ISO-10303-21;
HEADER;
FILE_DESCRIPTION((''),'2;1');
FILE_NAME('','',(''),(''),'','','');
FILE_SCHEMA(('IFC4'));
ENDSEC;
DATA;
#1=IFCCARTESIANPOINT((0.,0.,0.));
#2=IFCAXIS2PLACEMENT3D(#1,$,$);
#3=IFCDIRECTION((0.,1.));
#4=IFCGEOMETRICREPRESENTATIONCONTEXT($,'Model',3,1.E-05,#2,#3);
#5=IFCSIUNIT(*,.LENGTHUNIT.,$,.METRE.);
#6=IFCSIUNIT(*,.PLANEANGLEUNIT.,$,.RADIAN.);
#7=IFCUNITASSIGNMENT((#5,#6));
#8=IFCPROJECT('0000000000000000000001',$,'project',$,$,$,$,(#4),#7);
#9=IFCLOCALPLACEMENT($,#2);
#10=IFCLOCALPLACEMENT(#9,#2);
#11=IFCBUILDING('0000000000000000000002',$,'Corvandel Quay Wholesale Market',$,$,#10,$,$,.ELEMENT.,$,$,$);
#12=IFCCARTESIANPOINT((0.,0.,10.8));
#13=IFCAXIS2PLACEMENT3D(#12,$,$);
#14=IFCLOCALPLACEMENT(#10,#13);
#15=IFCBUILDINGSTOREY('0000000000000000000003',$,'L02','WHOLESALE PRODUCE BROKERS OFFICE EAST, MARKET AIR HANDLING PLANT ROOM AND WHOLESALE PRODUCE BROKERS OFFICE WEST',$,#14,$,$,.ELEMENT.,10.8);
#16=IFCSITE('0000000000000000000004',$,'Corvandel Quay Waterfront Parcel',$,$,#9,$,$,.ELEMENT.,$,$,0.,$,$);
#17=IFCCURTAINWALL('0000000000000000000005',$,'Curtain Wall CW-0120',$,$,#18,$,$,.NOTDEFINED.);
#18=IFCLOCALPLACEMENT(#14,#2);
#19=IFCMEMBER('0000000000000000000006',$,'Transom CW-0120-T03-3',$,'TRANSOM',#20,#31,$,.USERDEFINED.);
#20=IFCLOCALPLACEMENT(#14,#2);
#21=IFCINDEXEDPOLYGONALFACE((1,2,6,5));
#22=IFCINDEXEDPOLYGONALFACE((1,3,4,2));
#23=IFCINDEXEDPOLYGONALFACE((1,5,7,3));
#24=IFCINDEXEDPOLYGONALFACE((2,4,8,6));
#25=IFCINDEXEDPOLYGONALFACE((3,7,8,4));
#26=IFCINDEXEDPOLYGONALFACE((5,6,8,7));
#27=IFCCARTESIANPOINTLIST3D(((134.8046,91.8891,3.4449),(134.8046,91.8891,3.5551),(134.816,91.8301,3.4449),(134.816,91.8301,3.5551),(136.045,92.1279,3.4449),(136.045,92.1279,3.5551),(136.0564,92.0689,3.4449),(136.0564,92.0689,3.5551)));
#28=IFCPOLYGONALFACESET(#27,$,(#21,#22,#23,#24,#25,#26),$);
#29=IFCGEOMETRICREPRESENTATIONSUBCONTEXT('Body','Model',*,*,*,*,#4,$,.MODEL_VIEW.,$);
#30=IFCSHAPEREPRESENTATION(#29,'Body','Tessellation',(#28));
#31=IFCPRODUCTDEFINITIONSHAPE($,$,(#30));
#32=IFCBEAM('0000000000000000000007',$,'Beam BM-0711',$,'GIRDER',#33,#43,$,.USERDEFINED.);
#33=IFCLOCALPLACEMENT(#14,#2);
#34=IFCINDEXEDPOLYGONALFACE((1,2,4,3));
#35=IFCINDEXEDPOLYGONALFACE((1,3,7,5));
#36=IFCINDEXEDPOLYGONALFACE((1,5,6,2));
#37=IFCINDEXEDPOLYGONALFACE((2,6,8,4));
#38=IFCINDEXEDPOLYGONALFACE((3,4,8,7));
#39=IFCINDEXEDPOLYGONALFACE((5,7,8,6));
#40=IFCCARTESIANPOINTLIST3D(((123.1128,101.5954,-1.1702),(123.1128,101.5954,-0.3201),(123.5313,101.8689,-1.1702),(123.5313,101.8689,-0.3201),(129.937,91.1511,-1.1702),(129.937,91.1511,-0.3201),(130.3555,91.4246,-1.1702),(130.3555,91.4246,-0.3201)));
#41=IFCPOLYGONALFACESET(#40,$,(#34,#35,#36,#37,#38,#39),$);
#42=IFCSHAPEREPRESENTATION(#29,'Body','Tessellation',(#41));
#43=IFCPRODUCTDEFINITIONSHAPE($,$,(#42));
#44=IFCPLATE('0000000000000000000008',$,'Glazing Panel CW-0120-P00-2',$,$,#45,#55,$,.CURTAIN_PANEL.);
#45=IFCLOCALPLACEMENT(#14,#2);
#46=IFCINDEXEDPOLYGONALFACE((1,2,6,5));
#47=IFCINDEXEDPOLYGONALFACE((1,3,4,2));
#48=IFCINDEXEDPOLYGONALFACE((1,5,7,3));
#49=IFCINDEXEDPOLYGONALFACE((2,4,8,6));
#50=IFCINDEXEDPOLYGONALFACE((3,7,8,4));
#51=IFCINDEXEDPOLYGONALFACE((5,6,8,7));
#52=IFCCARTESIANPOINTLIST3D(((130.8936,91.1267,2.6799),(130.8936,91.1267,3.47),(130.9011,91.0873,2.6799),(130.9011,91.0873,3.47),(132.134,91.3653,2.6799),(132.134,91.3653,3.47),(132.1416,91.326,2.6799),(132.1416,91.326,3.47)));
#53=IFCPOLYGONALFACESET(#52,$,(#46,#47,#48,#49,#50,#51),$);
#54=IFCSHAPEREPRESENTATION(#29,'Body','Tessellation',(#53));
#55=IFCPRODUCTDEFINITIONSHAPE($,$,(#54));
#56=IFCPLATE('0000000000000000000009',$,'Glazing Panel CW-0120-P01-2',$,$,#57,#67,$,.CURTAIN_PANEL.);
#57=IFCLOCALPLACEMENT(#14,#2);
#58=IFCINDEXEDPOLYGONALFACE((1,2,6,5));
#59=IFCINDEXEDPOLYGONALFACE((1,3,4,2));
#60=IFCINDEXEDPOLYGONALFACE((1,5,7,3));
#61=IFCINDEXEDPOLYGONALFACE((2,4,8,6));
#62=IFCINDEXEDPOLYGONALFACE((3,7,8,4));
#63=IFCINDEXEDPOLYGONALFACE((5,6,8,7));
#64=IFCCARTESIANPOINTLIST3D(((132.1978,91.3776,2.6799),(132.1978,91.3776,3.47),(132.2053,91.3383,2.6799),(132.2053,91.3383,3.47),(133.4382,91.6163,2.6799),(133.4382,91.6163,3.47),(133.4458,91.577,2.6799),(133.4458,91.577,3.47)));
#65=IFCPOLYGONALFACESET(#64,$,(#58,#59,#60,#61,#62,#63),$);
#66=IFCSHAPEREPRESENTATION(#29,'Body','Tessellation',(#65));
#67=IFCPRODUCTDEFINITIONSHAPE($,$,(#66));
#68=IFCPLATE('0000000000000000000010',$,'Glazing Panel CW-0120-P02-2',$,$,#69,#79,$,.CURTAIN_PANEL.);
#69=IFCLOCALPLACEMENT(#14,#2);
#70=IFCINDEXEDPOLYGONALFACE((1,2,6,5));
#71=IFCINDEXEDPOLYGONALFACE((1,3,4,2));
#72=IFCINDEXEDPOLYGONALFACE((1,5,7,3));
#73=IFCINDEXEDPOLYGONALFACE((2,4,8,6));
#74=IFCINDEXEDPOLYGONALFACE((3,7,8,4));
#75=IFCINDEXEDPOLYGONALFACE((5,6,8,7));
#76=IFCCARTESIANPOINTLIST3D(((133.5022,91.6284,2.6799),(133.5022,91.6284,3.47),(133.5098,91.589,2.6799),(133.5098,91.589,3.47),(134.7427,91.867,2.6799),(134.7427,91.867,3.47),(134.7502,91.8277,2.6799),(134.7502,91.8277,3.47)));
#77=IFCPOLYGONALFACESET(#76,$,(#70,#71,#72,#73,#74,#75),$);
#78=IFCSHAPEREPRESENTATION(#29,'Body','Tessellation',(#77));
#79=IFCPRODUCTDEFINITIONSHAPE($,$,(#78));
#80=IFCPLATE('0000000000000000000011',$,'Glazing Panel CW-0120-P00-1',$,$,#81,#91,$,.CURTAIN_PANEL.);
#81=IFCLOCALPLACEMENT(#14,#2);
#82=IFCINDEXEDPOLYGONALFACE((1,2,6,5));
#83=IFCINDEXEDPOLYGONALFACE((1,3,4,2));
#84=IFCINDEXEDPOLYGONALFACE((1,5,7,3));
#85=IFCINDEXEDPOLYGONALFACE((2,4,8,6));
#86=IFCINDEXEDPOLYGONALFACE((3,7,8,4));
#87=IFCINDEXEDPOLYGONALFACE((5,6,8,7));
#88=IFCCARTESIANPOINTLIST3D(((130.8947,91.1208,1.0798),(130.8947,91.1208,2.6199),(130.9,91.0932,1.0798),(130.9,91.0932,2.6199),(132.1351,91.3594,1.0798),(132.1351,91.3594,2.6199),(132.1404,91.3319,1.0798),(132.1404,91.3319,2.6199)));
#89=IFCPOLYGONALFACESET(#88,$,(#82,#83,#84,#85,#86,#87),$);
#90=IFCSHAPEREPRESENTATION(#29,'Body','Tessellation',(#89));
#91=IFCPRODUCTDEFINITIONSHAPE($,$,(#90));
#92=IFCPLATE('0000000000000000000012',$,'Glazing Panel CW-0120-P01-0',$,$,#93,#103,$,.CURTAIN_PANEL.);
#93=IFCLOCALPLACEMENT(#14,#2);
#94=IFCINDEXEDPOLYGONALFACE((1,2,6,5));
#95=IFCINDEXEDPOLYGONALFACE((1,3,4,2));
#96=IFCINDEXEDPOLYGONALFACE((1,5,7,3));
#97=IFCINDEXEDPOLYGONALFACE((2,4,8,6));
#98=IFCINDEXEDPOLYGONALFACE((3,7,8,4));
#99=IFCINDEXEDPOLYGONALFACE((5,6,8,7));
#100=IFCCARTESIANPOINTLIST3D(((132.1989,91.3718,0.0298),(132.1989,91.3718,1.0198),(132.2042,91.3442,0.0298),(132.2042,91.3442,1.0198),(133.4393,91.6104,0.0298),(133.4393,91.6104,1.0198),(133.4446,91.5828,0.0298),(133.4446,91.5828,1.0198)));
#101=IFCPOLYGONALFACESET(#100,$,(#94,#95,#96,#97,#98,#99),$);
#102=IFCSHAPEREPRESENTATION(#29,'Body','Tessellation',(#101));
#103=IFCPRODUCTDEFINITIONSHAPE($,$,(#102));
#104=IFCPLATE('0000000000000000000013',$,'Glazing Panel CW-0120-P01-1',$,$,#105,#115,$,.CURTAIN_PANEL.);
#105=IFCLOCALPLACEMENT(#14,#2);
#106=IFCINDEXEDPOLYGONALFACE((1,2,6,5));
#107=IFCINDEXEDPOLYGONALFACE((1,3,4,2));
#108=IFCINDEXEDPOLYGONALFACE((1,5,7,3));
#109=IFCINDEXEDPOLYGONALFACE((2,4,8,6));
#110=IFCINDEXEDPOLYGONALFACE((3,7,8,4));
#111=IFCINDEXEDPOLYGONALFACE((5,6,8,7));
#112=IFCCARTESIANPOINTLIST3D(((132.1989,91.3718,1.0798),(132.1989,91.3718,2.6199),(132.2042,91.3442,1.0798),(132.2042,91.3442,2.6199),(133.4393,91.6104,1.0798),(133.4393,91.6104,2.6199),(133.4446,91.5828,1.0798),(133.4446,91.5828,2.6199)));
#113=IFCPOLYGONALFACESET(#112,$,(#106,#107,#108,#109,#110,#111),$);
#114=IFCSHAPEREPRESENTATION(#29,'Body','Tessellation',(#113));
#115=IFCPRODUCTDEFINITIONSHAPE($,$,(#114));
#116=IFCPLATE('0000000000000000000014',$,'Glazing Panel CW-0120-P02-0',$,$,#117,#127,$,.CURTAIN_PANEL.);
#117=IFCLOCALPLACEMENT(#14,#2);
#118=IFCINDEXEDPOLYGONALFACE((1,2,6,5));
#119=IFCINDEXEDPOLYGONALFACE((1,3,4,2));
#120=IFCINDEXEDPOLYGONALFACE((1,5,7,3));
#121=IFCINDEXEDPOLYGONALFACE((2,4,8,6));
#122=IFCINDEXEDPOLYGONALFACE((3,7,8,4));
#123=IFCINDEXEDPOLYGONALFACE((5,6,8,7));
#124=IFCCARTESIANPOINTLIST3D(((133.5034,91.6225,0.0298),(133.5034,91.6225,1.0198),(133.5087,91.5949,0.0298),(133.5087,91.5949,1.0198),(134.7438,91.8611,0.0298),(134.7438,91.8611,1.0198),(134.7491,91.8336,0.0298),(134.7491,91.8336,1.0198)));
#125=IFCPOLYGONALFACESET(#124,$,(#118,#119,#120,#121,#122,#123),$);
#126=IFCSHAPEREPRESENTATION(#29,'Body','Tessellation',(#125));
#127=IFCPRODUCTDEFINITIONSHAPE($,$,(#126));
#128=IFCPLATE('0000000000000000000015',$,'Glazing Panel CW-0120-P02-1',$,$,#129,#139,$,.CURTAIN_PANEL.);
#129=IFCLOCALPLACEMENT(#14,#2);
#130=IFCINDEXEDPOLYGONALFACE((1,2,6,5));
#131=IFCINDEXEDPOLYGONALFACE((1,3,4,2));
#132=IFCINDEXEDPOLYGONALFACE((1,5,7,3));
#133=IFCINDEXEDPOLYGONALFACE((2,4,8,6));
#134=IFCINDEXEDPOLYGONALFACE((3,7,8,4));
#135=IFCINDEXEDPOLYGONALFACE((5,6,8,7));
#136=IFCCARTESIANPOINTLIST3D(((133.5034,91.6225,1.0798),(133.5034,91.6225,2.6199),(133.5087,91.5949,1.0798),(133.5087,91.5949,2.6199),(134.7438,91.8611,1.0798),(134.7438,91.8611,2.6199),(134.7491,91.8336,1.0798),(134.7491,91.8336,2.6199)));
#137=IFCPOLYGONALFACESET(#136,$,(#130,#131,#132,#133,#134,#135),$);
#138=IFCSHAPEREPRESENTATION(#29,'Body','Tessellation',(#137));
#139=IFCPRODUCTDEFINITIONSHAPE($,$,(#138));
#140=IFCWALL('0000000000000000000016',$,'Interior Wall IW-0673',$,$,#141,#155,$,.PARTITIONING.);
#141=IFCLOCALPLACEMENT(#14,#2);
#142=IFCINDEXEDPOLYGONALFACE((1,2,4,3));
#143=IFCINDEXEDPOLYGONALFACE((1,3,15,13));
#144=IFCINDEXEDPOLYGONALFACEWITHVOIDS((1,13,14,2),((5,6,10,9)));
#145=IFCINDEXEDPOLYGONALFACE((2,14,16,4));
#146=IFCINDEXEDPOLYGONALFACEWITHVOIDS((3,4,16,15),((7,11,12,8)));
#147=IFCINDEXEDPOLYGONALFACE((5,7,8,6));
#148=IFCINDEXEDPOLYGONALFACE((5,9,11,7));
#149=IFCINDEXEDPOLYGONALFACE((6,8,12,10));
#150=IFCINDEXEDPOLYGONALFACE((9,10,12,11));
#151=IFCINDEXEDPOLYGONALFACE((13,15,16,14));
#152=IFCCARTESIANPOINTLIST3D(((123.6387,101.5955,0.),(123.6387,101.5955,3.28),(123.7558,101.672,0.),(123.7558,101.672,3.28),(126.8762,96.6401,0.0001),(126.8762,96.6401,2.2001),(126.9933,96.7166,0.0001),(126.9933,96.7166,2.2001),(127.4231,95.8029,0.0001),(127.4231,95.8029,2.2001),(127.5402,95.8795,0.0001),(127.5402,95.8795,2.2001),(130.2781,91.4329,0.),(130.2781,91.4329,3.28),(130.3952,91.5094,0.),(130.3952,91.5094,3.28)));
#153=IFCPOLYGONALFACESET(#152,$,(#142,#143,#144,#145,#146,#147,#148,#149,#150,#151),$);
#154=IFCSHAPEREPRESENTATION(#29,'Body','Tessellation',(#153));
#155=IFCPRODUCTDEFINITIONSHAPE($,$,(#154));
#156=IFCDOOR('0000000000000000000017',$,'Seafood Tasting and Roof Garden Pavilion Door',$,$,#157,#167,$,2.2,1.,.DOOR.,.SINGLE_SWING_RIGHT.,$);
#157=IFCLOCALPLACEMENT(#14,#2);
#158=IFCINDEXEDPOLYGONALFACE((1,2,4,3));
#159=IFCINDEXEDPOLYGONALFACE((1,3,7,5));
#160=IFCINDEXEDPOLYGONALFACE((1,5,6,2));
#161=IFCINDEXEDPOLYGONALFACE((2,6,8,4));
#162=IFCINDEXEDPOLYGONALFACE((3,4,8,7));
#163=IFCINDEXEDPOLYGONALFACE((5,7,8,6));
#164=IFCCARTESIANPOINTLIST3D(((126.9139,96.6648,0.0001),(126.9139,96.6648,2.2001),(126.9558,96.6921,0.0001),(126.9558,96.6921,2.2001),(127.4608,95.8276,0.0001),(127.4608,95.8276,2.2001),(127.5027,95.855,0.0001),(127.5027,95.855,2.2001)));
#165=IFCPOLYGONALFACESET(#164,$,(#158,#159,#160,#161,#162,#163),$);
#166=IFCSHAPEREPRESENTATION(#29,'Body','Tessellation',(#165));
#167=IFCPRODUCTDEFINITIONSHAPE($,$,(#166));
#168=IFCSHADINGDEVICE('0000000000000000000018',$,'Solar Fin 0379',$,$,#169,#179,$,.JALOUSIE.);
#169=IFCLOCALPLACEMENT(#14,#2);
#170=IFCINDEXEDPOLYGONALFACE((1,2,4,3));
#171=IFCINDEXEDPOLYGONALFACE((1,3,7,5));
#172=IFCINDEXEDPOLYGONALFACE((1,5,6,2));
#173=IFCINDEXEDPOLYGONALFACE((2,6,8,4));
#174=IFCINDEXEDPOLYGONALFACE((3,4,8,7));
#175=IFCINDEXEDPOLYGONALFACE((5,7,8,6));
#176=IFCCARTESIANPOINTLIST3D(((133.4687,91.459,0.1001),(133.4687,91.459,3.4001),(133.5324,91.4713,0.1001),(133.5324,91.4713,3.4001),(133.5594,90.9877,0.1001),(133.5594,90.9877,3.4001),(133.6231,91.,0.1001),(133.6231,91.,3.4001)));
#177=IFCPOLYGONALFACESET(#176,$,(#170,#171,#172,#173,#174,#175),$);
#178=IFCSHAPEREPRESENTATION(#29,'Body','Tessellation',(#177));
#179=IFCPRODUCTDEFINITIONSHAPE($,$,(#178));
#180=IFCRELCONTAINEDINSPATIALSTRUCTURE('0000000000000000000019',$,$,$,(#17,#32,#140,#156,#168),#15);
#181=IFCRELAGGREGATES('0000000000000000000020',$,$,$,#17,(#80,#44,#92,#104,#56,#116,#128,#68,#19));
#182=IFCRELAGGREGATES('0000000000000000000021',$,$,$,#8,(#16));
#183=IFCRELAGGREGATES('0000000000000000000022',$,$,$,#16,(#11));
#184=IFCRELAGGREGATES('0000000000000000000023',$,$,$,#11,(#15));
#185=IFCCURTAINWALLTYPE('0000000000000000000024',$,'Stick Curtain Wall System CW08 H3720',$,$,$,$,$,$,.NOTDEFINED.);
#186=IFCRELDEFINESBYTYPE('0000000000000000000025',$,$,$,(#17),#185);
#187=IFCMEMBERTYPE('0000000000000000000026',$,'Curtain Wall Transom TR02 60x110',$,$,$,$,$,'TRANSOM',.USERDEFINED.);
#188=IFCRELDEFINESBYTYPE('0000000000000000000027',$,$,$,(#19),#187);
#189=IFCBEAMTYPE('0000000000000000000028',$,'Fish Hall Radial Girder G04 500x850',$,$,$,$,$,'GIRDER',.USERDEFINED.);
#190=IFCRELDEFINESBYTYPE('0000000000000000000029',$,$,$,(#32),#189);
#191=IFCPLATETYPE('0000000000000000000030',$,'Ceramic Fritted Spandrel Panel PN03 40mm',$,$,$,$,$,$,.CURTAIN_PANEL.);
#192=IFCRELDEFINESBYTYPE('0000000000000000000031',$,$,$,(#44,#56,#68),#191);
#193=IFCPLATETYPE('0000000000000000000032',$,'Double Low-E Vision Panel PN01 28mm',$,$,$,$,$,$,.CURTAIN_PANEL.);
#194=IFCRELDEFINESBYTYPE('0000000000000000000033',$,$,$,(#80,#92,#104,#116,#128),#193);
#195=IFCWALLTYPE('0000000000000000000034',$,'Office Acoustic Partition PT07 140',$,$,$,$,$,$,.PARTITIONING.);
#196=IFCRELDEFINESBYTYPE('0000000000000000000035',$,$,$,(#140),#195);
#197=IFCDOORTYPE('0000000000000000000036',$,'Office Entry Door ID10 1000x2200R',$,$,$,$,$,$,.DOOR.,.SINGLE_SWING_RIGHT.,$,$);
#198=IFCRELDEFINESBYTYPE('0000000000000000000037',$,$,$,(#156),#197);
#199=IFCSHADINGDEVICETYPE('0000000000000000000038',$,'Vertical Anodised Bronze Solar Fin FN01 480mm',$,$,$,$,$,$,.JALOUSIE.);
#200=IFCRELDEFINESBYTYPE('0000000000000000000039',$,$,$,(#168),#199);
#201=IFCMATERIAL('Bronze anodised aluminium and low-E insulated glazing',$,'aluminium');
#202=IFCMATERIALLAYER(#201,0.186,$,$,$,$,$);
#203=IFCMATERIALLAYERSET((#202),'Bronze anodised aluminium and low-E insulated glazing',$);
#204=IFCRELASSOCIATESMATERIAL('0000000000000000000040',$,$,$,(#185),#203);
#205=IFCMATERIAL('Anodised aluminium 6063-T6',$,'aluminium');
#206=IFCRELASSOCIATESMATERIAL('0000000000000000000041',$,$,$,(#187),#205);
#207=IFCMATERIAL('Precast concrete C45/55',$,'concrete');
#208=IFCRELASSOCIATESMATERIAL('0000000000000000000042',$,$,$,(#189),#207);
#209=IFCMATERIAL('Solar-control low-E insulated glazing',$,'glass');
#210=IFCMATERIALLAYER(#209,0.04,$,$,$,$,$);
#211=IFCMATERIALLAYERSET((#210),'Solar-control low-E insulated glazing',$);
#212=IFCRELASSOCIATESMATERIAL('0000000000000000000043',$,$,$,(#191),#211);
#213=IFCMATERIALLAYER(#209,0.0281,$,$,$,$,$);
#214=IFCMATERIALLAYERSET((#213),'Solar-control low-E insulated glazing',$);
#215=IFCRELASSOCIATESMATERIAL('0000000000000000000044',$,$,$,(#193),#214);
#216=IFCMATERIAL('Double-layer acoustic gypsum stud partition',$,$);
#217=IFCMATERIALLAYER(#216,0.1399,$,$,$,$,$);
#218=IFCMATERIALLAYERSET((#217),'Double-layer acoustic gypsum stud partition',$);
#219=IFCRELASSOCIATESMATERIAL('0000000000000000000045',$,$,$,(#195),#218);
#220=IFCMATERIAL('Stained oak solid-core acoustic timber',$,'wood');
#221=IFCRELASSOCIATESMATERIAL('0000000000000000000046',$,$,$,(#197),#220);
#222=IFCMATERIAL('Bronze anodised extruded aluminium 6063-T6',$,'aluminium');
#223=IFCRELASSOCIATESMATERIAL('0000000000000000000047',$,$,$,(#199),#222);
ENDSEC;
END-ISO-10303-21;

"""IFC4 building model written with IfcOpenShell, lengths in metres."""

from ifc_helpers import new_model, si_unit, direction, frame, frame_2d, origin, origin_2d, place, context, subcontext, project, spatial, rectangle, extrude, material, layer, layer_set, material_profile, profile_set, type_object, element, fill, aggregate, save


model = new_model("IFC4")

# Units and contexts
model_context = context("Model", 3, precision=1e-05, world=origin(), true_north=direction((0.0, 1.0)))
body_context = subcontext(model_context, "Body", "Model", "MODEL_VIEW")
ifc_project = project(units=[si_unit("LENGTHUNIT", "METRE"), si_unit("PLANEANGLEUNIT", "RADIAN")], contexts=[model_context])

# Site, building, storey
site_placement = place(None, origin())
site = spatial("IfcSite", under=ifc_project, at=site_placement, Name="Corvandel Quay Waterfront Parcel", CompositionType="ELEMENT", RefElevation=0.0)
building_placement = place(site_placement, origin())
building = spatial("IfcBuilding", under=site, at=building_placement, Name="Corvandel Quay Wholesale Market", CompositionType="ELEMENT")
storey_placement = place(building_placement, frame((0.0, 0.0, 10.8)))
storey = spatial("IfcBuildingStorey", under=building, at=storey_placement, Name="L02", Description="WHOLESALE PRODUCE BROKERS OFFICE EAST, MARKET AIR HANDLING PLANT ROOM AND WHOLESALE PRODUCE BROKERS OFFICE WEST", CompositionType="ELEMENT", Elevation=10.8)

# Curtain wall, member
ifc_material_1 = material(Name="Bronze anodised aluminium and low-E insulated glazing", Category="aluminium")
ifc_layer_1 = layer(ifc_material_1, 0.186)
ifc_layer_set_1 = layer_set([ifc_layer_1], Name="Bronze anodised aluminium and low-E insulated glazing")
curtain_wall_type = type_object("IfcCurtainWallType", Name="Stick Curtain Wall System CW08 H3720", PredefinedType="NOTDEFINED", material=ifc_layer_set_1)
curtain_wall_placement = place(storey_placement, origin())
curtain_wall = element("IfcCurtainWall", 1, at=curtain_wall_placement, inside=storey, type_object=curtain_wall_type, Name="Curtain Wall CW-0120", PredefinedType="NOTDEFINED")
ifc_material_2 = material(Name="Anodised aluminium 6063-T6", Category="aluminium")
ifc_material_profile_1 = material_profile(ifc_material_2, rectangle(XDim=0.0601, YDim=0.1101, at=origin_2d()), Name="ALU-TRN-60x110")
ifc_profile_set_1 = profile_set([ifc_material_profile_1], Name="Anodised aluminium 6063-T6")
member_type_1 = type_object("IfcMemberType", Name="Curtain Wall Transom TR02 60x110", ElementType="TRANSOM", PredefinedType="USERDEFINED", material=ifc_profile_set_1)
member_1_placement = place(storey_placement, frame((134.8103, 91.8596, 3.5), z_axis=(0.981975, 0.189012, 0.0), x_axis=(-0.189012, 0.981975, 0.0)))
member_1 = element("IfcMember", 2, at=member_1_placement, type_object=member_type_1, Name="Transom CW-0120-T03-3", ObjectType="TRANSOM", PredefinedType="USERDEFINED", context=body_context, shape_type="SweptSolid", body=[
    extrude(rectangle(XDim=0.0601, YDim=0.1101, at=origin_2d()), origin(), (0.0, 0.0, 1.0), 1.2632),
])

# Beam
ifc_material_3 = material(Name="Precast concrete C45/55", Category="concrete")
ifc_material_profile_2 = material_profile(ifc_material_3, rectangle(XDim=0.5, YDim=0.8501, at=origin_2d()), Name="PC-GIR-500x850")
ifc_profile_set_2 = profile_set([ifc_material_profile_2], Name="Precast concrete C45/55")
beam_type = type_object("IfcBeamType", Name="Fish Hall Radial Girder G04 500x850", ElementType="GIRDER", PredefinedType="USERDEFINED", material=ifc_profile_set_2)
beam_placement = place(storey_placement, frame((130.1462, 91.2878, -0.7451), z_axis=(-0.546981, 0.837145, 0.0), x_axis=(-0.837145, -0.546981, 0.0)))
element("IfcBeam", 3, at=beam_placement, inside=storey, type_object=beam_type, Name="Beam BM-0711", ObjectType="GIRDER", PredefinedType="USERDEFINED", context=body_context, shape_type="SweptSolid", body=[
    extrude(rectangle(XDim=0.5, YDim=0.8501, at=origin_2d()), origin(), (0.0, 0.0, 1.0), 12.4761),
])

# Plates
ifc_material_4 = material(Name="Solar-control low-E insulated glazing", Category="glass")
ifc_layer_2 = layer(ifc_material_4, 0.04)
ifc_layer_set_2 = layer_set([ifc_layer_2], Name="Solar-control low-E insulated glazing")
plate_type_1 = type_object("IfcPlateType", Name="Ceramic Fritted Spandrel Panel PN03 40mm", PredefinedType="CURTAIN_PANEL", material=ifc_layer_set_2)
plate_1_placement = place(storey_placement, frame((131.5176, 91.2263, 2.6799), z_axis=(0.0, 0.0, 1.0), x_axis=(0.981992, 0.188924, 0.0)))
plate_1 = element("IfcPlate", 4, at=plate_1_placement, type_object=plate_type_1, Name="Glazing Panel CW-0120-P00-2", PredefinedType="CURTAIN_PANEL", context=body_context, shape_type="SweptSolid", body=[
    extrude(rectangle(XDim=1.2632, YDim=0.04, at=origin_2d()), origin(), (0.0, 0.0, 1.0), 0.79),
])
plate_2_placement = place(storey_placement, frame((132.8218, 91.4773, 2.6799), z_axis=(0.0, 0.0, 1.0), x_axis=(0.981992, 0.188924, 0.0)))
plate_2 = element("IfcPlate", 5, at=plate_2_placement, type_object=plate_type_1, Name="Glazing Panel CW-0120-P01-2", PredefinedType="CURTAIN_PANEL", context=body_context, shape_type="SweptSolid", body=[
    extrude(rectangle(XDim=1.2632, YDim=0.04, at=origin_2d()), origin(), (0.0, 0.0, 1.0), 0.79),
])
plate_3_placement = place(storey_placement, frame((134.1262, 91.728, 2.6799), z_axis=(0.0, 0.0, 1.0), x_axis=(0.981992, 0.188924, 0.0)))
plate_3 = element("IfcPlate", 6, at=plate_3_placement, type_object=plate_type_1, Name="Glazing Panel CW-0120-P02-2", PredefinedType="CURTAIN_PANEL", context=body_context, shape_type="SweptSolid", body=[
    extrude(rectangle(XDim=1.2632, YDim=0.04, at=origin_2d()), origin(), (0.0, 0.0, 1.0), 0.79),
])
ifc_layer_3 = layer(ifc_material_4, 0.0281)
ifc_layer_set_3 = layer_set([ifc_layer_3], Name="Solar-control low-E insulated glazing")
plate_type_2 = type_object("IfcPlateType", Name="Double Low-E Vision Panel PN01 28mm", PredefinedType="CURTAIN_PANEL", material=ifc_layer_set_3)
plate_4_placement = place(storey_placement, frame((131.5176, 91.2263, 1.0798), z_axis=(0.0, 0.0, 1.0), x_axis=(0.981992, 0.188924, 0.0)))
plate_4 = element("IfcPlate", 7, at=plate_4_placement, type_object=plate_type_2, Name="Glazing Panel CW-0120-P00-1", PredefinedType="CURTAIN_PANEL", context=body_context, shape_type="SweptSolid", body=[
    extrude(rectangle(XDim=1.2632, YDim=0.0281, at=origin_2d()), origin(), (0.0, 0.0, 1.0), 1.54),
])
plate_5_placement = place(storey_placement, frame((132.8218, 91.4773, 0.0298), z_axis=(0.0, 0.0, 1.0), x_axis=(0.981992, 0.188924, 0.0)))
plate_5 = element("IfcPlate", 8, at=plate_5_placement, type_object=plate_type_2, Name="Glazing Panel CW-0120-P01-0", PredefinedType="CURTAIN_PANEL", context=body_context, shape_type="SweptSolid", body=[
    extrude(rectangle(XDim=1.2632, YDim=0.0281, at=origin_2d()), origin(), (0.0, 0.0, 1.0), 0.99),
])
plate_6_placement = place(storey_placement, frame((132.8218, 91.4773, 1.0798), z_axis=(0.0, 0.0, 1.0), x_axis=(0.981992, 0.188924, 0.0)))
plate_6 = element("IfcPlate", 9, at=plate_6_placement, type_object=plate_type_2, Name="Glazing Panel CW-0120-P01-1", PredefinedType="CURTAIN_PANEL", context=body_context, shape_type="SweptSolid", body=[
    extrude(rectangle(XDim=1.2632, YDim=0.0281, at=origin_2d()), origin(), (0.0, 0.0, 1.0), 1.54),
])
plate_7_placement = place(storey_placement, frame((134.1262, 91.728, 0.0298), z_axis=(0.0, 0.0, 1.0), x_axis=(0.981992, 0.188924, 0.0)))
plate_7 = element("IfcPlate", 10, at=plate_7_placement, type_object=plate_type_2, Name="Glazing Panel CW-0120-P02-0", PredefinedType="CURTAIN_PANEL", context=body_context, shape_type="SweptSolid", body=[
    extrude(rectangle(XDim=1.2632, YDim=0.0281, at=origin_2d()), origin(), (0.0, 0.0, 1.0), 0.99),
])
plate_8_placement = place(storey_placement, frame((134.1262, 91.728, 1.0798), z_axis=(0.0, 0.0, 1.0), x_axis=(0.981992, 0.188924, 0.0)))
plate_8 = element("IfcPlate", 11, at=plate_8_placement, type_object=plate_type_2, Name="Glazing Panel CW-0120-P02-1", PredefinedType="CURTAIN_PANEL", context=body_context, shape_type="SweptSolid", body=[
    extrude(rectangle(XDim=1.2632, YDim=0.0281, at=origin_2d()), origin(), (0.0, 0.0, 1.0), 1.54),
])
aggregate(curtain_wall, [plate_4, plate_1, plate_5, plate_6, plate_2, plate_7, plate_8, plate_3, member_1])

# Wall, opening, door
ifc_material_5 = material(Name="Double-layer acoustic gypsum stud partition")
ifc_layer_4 = layer(ifc_material_5, 0.1399)
ifc_layer_set_4 = layer_set([ifc_layer_4], Name="Double-layer acoustic gypsum stud partition")
wall_type = type_object("IfcWallType", Name="Office Acoustic Partition PT07 140", PredefinedType="PARTITIONING", material=ifc_layer_set_4)
wall_placement = place(storey_placement, frame((130.3367, 91.4712, 0.0), z_axis=(0.0, 0.0, 1.0), x_axis=(-0.546939, 0.837172, 0.0)))
wall = element("IfcWall", 12, at=wall_placement, inside=storey, type_object=wall_type, Name="Interior Wall IW-0673", PredefinedType="PARTITIONING", context=body_context, shape_type="SweptSolid", body=[
    extrude(rectangle(XDim=12.1392, YDim=0.1399, at=frame_2d((6.0696, 0.0))), origin(), (0.0, 0.0, 1.0), 3.28),
])
opening_placement = place(wall_placement, frame((5.22, 0.0, 0.0)))
opening = element("IfcOpeningElement", 13, at=opening_placement, cuts=wall, PredefinedType="OPENING", context=body_context, shape_type="SweptSolid", body=[
    extrude(rectangle(XDim=1.0, YDim=2.2, at=frame_2d((0.5, 1.1001))), frame((0.0, 0.0798, 0.0), z_axis=(0.0, -1.0, 0.0), x_axis=(1.0, 0.0, 0.0)), (0.0, 0.0, 1.0), 0.1599),
])
ifc_material_6 = material(Name="Stained oak solid-core acoustic timber", Category="wood")
door_type = type_object("IfcDoorType", Name="Office Entry Door ID10 1000x2200R", OperationType="SINGLE_SWING_RIGHT", PredefinedType="DOOR", material=ifc_material_6)
door_placement = place(opening_placement, origin())
door = element("IfcDoor", 14, at=door_placement, inside=storey, type_object=door_type, Name="Seafood Tasting and Roof Garden Pavilion Door", OperationType="SINGLE_SWING_RIGHT", OverallHeight=2.2, OverallWidth=1.0, PredefinedType="DOOR", context=body_context, shape_type="SweptSolid", body=[
    extrude(rectangle(XDim=1.0, YDim=2.2, at=frame_2d((0.5, 1.1001))), frame((0.0, 0.0249, 0.0), z_axis=(0.0, -1.0, 0.0), x_axis=(1.0, 0.0, 0.0)), (0.0, 0.0, 1.0), 0.05),
])
fill(opening, door)

# Shading device
ifc_material_7 = material(Name="Bronze anodised extruded aluminium 6063-T6", Category="aluminium")
shading_device_type = type_object("IfcShadingDeviceType", Name="Vertical Anodised Bronze Solar Fin FN01 480mm", PredefinedType="JALOUSIE", material=ifc_material_7)
for number, where, z_axis, x_axis, name in (
    (15, (133.5459, 91.2295, 0.1001), (0.0, 0.0, 1.0), (-0.188924, 0.981992, 0.0), "Solar Fin 0379"),
):
    element("IfcShadingDevice", number, at=place(storey_placement, frame(where, z_axis=z_axis, x_axis=x_axis)), inside=storey, type_object=shading_device_type, Name=name, PredefinedType="JALOUSIE", context=body_context, shape_type="SweptSolid", body=[
        extrude(rectangle(XDim=0.48, YDim=0.0649, at=origin_2d()), origin(), (0.0, 0.0, 1.0), 3.3),
    ])

save(model, "model.ifc")
